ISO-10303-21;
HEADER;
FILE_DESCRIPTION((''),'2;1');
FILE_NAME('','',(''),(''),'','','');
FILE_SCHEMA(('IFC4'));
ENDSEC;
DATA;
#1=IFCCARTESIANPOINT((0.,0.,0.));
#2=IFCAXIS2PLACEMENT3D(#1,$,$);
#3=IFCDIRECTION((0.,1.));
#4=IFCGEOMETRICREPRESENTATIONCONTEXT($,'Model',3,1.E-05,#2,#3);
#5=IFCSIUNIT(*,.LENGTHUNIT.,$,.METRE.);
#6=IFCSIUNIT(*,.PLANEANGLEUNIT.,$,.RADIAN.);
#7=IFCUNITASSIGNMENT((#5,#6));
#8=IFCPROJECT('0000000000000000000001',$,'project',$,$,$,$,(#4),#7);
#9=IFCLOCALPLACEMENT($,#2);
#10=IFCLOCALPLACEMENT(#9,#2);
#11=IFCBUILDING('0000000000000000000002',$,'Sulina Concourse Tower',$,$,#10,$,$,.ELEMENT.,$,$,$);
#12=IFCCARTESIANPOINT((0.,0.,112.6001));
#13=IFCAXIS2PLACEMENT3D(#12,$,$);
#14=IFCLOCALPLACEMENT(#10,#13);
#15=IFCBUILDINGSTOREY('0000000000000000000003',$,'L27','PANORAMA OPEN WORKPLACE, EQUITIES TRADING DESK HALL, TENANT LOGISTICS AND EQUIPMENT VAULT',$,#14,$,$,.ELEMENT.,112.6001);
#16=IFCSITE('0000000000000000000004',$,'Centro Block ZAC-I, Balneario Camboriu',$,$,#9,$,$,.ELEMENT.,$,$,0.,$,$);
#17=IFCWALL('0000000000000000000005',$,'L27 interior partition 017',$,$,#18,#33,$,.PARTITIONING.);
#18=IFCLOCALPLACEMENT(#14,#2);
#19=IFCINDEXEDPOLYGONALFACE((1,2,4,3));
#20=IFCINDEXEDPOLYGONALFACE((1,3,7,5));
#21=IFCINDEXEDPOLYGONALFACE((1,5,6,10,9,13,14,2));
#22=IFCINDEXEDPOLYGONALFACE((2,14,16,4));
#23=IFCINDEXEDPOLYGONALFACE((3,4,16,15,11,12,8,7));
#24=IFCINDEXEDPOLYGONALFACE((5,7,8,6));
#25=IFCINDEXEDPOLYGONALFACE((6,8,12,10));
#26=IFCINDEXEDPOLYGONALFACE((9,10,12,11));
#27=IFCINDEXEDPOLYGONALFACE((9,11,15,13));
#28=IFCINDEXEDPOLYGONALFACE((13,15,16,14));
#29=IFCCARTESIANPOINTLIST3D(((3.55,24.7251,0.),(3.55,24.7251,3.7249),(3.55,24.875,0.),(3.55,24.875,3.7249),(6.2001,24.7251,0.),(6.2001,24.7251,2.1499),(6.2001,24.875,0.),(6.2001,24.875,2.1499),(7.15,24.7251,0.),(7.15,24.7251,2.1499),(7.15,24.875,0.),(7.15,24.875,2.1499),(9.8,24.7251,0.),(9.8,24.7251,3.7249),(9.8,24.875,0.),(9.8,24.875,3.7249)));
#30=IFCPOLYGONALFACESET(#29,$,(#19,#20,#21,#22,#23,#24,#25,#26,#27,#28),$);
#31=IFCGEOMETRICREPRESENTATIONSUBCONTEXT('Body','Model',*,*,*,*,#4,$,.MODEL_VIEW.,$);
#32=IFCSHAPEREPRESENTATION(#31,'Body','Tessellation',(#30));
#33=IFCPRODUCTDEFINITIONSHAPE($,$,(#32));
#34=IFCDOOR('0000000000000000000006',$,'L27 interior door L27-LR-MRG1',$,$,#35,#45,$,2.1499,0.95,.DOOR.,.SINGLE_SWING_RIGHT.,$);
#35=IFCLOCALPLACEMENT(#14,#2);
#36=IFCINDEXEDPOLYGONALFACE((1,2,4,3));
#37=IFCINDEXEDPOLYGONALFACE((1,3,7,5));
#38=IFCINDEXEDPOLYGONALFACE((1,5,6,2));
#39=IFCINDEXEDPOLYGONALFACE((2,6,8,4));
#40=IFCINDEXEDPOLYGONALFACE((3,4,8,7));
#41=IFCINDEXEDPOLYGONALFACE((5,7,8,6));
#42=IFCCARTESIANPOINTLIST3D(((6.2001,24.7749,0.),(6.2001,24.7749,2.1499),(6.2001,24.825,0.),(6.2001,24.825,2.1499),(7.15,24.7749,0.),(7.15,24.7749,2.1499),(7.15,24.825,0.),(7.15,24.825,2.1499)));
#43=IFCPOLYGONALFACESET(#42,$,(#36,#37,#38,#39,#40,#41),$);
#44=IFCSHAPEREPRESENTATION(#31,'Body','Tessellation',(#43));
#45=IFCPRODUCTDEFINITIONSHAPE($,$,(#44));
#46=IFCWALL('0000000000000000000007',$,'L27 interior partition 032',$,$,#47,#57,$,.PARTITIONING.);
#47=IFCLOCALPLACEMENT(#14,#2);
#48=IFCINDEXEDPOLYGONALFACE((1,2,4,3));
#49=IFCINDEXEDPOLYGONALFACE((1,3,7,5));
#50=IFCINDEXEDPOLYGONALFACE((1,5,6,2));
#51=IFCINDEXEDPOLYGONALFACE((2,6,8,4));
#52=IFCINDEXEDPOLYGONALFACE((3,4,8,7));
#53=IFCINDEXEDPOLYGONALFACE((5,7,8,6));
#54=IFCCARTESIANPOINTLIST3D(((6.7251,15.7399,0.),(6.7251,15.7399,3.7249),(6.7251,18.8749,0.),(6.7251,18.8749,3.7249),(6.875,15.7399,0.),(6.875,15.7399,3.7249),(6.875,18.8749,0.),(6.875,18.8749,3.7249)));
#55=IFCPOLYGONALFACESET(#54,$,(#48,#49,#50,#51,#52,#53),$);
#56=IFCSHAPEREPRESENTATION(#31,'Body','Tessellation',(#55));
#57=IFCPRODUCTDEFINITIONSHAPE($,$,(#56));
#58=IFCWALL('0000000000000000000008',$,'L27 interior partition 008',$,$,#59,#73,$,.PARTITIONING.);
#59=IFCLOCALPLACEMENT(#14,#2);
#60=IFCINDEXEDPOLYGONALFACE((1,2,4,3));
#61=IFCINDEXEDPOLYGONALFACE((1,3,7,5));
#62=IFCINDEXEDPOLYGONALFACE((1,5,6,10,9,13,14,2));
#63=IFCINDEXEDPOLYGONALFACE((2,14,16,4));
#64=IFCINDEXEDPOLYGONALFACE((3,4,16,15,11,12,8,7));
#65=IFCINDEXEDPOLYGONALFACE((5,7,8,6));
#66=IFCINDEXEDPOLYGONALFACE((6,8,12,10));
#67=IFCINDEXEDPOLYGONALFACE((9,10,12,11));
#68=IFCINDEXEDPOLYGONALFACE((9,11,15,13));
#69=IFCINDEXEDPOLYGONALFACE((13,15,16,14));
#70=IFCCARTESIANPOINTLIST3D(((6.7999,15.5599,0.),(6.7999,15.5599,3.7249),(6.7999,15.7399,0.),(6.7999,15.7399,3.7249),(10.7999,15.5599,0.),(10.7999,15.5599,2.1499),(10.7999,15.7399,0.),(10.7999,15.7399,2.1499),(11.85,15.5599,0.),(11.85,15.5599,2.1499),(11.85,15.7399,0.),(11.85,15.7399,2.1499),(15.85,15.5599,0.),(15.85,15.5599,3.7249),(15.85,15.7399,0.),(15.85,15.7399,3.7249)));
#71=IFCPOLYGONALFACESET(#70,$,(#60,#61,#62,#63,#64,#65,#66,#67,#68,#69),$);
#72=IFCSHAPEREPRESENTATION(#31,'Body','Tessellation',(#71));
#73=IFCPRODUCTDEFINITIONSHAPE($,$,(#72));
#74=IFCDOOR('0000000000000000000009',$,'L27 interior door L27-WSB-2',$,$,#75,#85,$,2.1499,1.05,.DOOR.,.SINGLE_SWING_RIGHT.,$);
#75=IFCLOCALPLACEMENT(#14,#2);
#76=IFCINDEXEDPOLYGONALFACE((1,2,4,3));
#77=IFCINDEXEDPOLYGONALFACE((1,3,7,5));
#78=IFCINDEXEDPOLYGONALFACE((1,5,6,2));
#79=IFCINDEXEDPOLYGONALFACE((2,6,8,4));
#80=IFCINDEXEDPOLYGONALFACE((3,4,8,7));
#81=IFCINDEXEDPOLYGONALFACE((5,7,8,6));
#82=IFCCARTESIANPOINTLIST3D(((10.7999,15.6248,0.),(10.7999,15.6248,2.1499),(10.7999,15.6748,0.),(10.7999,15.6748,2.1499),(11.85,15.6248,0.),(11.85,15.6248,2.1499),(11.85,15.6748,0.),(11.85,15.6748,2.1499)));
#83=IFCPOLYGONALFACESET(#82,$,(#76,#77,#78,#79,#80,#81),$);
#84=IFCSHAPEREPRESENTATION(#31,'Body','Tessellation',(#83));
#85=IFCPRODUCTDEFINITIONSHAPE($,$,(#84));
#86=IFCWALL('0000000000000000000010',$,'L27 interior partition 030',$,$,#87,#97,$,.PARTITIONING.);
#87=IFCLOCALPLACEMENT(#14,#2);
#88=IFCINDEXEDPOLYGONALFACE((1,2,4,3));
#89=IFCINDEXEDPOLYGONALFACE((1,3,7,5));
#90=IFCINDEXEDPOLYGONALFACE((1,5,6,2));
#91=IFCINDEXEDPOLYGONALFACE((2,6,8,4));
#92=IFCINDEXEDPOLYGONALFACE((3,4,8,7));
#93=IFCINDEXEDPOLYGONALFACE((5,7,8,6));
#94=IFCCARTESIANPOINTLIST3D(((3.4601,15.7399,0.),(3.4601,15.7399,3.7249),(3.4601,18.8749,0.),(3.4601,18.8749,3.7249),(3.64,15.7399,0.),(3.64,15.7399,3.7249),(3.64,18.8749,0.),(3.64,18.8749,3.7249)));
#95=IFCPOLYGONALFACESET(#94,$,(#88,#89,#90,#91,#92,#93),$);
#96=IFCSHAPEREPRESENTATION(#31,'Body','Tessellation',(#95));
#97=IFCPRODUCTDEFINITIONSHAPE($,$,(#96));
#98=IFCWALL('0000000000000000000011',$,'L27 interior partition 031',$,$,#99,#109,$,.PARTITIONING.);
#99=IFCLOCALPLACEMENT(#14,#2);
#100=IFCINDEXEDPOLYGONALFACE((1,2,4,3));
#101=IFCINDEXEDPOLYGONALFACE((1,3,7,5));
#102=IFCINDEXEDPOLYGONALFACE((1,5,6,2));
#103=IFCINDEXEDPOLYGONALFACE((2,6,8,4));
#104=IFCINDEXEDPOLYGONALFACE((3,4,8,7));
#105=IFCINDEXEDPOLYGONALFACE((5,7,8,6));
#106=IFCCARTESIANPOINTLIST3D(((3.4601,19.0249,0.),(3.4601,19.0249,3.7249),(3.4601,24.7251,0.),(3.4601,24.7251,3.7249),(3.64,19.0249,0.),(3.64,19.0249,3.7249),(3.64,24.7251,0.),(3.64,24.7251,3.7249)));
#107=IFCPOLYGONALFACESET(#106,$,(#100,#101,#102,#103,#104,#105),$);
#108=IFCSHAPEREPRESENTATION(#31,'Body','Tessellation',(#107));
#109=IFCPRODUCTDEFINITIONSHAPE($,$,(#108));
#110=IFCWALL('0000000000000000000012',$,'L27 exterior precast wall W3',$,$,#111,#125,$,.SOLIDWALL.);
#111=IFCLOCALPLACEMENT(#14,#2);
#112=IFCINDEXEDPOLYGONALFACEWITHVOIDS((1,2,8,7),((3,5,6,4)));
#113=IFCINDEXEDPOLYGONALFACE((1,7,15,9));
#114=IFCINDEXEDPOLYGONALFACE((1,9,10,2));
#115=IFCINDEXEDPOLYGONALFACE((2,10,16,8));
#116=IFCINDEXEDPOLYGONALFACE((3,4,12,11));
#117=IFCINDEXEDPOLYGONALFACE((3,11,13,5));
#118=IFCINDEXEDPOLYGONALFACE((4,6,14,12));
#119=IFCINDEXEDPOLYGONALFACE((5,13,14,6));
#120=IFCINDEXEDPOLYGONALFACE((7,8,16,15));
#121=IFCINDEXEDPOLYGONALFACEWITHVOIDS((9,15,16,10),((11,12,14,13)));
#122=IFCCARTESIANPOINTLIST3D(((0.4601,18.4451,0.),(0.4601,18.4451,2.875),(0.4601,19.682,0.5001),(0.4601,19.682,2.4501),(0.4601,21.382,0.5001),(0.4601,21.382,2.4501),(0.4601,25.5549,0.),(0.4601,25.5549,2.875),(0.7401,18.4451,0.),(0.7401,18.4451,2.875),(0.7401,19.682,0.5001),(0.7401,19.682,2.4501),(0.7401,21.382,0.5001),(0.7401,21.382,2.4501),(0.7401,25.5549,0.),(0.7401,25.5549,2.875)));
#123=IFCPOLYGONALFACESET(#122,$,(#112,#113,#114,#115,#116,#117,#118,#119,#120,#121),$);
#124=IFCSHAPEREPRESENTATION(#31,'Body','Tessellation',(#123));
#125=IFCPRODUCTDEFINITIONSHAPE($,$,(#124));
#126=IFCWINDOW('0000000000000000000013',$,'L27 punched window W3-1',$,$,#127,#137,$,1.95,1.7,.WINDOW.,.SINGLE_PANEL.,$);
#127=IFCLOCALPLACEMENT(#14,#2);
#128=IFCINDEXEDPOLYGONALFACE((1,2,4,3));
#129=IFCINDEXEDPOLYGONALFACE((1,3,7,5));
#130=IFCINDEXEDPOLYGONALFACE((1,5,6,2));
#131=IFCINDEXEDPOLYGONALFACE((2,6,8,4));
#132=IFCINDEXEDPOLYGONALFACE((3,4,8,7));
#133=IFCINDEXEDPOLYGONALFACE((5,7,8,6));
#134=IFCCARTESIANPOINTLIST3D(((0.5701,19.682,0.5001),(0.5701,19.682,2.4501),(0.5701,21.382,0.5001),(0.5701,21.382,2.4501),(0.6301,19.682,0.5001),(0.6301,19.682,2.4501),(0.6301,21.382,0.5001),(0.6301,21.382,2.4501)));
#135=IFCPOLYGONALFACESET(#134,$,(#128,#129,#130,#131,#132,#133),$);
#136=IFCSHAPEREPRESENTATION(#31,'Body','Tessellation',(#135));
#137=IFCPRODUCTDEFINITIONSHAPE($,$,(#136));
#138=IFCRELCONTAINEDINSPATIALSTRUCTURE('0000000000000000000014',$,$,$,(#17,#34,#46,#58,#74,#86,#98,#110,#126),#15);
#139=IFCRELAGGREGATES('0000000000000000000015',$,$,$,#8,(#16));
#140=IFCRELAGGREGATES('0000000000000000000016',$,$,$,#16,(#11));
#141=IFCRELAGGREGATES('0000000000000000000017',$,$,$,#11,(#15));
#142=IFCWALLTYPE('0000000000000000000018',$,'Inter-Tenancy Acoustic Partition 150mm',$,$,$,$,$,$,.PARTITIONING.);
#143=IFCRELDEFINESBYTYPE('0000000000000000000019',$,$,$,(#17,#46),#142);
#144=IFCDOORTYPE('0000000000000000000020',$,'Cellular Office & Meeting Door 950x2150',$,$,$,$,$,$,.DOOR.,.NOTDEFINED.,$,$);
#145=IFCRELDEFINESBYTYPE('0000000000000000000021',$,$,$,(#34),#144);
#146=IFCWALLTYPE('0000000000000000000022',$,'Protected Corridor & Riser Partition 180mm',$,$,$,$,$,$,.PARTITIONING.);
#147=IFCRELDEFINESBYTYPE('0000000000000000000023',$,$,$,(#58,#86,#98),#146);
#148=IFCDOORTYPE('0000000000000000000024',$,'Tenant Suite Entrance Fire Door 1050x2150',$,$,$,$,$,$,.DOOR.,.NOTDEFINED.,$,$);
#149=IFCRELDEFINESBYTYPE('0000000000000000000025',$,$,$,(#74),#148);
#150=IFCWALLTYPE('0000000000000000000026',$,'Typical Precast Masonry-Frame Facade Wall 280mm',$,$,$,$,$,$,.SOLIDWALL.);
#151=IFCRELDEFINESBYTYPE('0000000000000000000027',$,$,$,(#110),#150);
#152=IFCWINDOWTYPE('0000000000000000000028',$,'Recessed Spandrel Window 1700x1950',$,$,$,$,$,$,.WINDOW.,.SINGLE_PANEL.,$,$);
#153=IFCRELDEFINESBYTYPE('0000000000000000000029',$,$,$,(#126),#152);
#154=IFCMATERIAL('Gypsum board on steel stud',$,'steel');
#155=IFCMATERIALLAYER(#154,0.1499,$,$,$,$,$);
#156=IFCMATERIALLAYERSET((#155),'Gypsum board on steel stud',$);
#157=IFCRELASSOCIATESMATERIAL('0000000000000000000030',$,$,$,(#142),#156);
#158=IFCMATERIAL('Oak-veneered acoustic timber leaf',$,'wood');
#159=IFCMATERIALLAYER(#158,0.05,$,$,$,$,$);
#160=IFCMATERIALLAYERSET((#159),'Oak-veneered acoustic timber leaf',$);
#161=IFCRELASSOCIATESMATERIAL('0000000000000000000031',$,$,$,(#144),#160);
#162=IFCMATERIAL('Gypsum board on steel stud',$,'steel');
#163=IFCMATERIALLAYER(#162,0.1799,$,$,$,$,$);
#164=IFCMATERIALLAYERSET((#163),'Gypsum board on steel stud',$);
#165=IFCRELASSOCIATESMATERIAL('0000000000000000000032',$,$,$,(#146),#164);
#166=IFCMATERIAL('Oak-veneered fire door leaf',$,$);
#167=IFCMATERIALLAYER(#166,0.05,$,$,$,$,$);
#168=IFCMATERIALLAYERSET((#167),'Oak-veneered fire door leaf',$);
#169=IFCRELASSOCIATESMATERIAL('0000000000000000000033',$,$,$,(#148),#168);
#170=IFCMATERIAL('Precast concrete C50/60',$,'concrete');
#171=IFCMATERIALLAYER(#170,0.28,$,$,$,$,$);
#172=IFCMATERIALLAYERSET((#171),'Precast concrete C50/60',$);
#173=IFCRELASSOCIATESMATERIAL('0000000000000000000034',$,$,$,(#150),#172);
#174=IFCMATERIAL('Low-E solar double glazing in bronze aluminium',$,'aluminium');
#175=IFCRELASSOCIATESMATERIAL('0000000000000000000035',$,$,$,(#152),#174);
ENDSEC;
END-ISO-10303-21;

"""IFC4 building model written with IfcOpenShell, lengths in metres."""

from ifc_helpers import new_model, si_unit, direction, frame, frame_2d, origin, place, context, subcontext, project, spatial, rectangle, extrude, material, layer, layer_set, type_object, element, fill, save


model = new_model("IFC4")

# Units and contexts
model_context = context("Model", 3, precision=1e-05, world=origin(), true_north=direction((0.0, 1.0)))
body_context = subcontext(model_context, "Body", "Model", "MODEL_VIEW")
ifc_project = project(units=[si_unit("LENGTHUNIT", "METRE"), si_unit("PLANEANGLEUNIT", "RADIAN")], contexts=[model_context])

# Site, building, storey
site_placement = place(None, origin())
site = spatial("IfcSite", under=ifc_project, at=site_placement, Name="Centro Block ZAC-I, Balneario Camboriu", CompositionType="ELEMENT", RefElevation=0.0)
building_placement = place(site_placement, origin())
building = spatial("IfcBuilding", under=site, at=building_placement, Name="Sulina Concourse Tower", CompositionType="ELEMENT")
storey_placement = place(building_placement, frame((0.0, 0.0, 112.6001)))
storey = spatial("IfcBuildingStorey", under=building, at=storey_placement, Name="L27", Description="PANORAMA OPEN WORKPLACE, EQUITIES TRADING DESK HALL, TENANT LOGISTICS AND EQUIPMENT VAULT", CompositionType="ELEMENT", Elevation=112.6001)

# Shared definitions
ifc_material_1 = material(Name="Gypsum board on steel stud", Category="steel")
ifc_layer_1 = layer(ifc_material_1, 0.1499)
ifc_layer_set_1 = layer_set([ifc_layer_1], Name="Gypsum board on steel stud")
wall_type_1 = type_object("IfcWallType", Name="Inter-Tenancy Acoustic Partition 150mm", PredefinedType="PARTITIONING", material=ifc_layer_set_1)

# Wall, opening, door
wall_1_placement = place(storey_placement, frame((3.55, 24.8, 0.0), z_axis=(0.0, 0.0, 1.0), x_axis=(1.0, 0.0, 0.0)))
wall_1 = element("IfcWall", 1, at=wall_1_placement, inside=storey, type_object=wall_type_1, Name="L27 interior partition 017", PredefinedType="PARTITIONING", context=body_context, shape_type="SweptSolid", body=[
    extrude(rectangle(XDim=6.25, YDim=0.1499, at=frame_2d((3.125, 0.0))), origin(), (0.0, 0.0, 1.0), 3.7249),
])
opening_1_placement = place(wall_1_placement, frame((2.6499, 0.0, 0.0)))
opening_1 = element("IfcOpeningElement", 2, at=opening_1_placement, cuts=wall_1, PredefinedType="OPENING", context=body_context, shape_type="SweptSolid", body=[
    extrude(rectangle(XDim=0.95, YDim=2.1499, at=frame_2d((0.4751, 1.075))), frame((0.0, 0.085, 0.0), z_axis=(0.0, -1.0, 0.0), x_axis=(1.0, 0.0, 0.0)), (0.0, 0.0, 1.0), 0.1699),
])
ifc_material_2 = material(Name="Oak-veneered acoustic timber leaf", Category="wood")
ifc_layer_2 = layer(ifc_material_2, 0.05)
ifc_layer_set_2 = layer_set([ifc_layer_2], Name="Oak-veneered acoustic timber leaf")
door_type_1 = type_object("IfcDoorType", Name="Cellular Office & Meeting Door 950x2150", OperationType="NOTDEFINED", PredefinedType="DOOR", material=ifc_layer_set_2)
door_1_placement = place(opening_1_placement, origin())
door_1 = element("IfcDoor", 3, at=door_1_placement, inside=storey, type_object=door_type_1, Name="L27 interior door L27-LR-MRG1", OperationType="SINGLE_SWING_RIGHT", OverallHeight=2.1499, OverallWidth=0.95, PredefinedType="DOOR", context=body_context, shape_type="SweptSolid", body=[
    extrude(rectangle(XDim=0.95, YDim=2.1499, at=frame_2d((0.4751, 1.075))), frame((0.0, 0.0249, 0.0), z_axis=(0.0, -1.0, 0.0), x_axis=(1.0, 0.0, 0.0)), (0.0, 0.0, 1.0), 0.05),
])
fill(opening_1, door_1)

# Wall
wall_2_placement = place(storey_placement, frame((6.8, 15.74, 0.0), z_axis=(0.0, 0.0, 1.0), x_axis=(0.0, 1.0, 0.0)))
element("IfcWall", 4, at=wall_2_placement, inside=storey, type_object=wall_type_1, Name="L27 interior partition 032", PredefinedType="PARTITIONING", context=body_context, shape_type="SweptSolid", body=[
    extrude(rectangle(XDim=3.135, YDim=0.1499, at=frame_2d((1.5674, 0.0))), origin(), (0.0, 0.0, 1.0), 3.7249),
])

# Wall, opening, door
ifc_material_3 = material(Name="Gypsum board on steel stud", Category="steel")
ifc_layer_3 = layer(ifc_material_3, 0.1799)
ifc_layer_set_3 = layer_set([ifc_layer_3], Name="Gypsum board on steel stud")
wall_type_2 = type_object("IfcWallType", Name="Protected Corridor & Riser Partition 180mm", PredefinedType="PARTITIONING", material=ifc_layer_set_3)
wall_3_placement = place(storey_placement, frame((6.8, 15.6499, 0.0), z_axis=(0.0, 0.0, 1.0), x_axis=(1.0, 0.0, 0.0)))
wall_3 = element("IfcWall", 5, at=wall_3_placement, inside=storey, type_object=wall_type_2, Name="L27 interior partition 008", PredefinedType="PARTITIONING", context=body_context, shape_type="SweptSolid", body=[
    extrude(rectangle(XDim=9.05, YDim=0.1799, at=frame_2d((4.5249, 0.0))), origin(), (0.0, 0.0, 1.0), 3.7249),
])
opening_2_placement = place(wall_3_placement, frame((4.0, 0.0, 0.0)))
opening_2 = element("IfcOpeningElement", 6, at=opening_2_placement, cuts=wall_3, PredefinedType="OPENING", context=body_context, shape_type="SweptSolid", body=[
    extrude(rectangle(XDim=1.05, YDim=2.1499, at=frame_2d((0.5249, 1.075))), frame((0.0, 0.0999, 0.0), z_axis=(0.0, -1.0, 0.0), x_axis=(1.0, 0.0, 0.0)), (0.0, 0.0, 1.0), 0.2),
])
ifc_material_4 = material(Name="Oak-veneered fire door leaf")
ifc_layer_4 = layer(ifc_material_4, 0.05)
ifc_layer_set_4 = layer_set([ifc_layer_4], Name="Oak-veneered fire door leaf")
door_type_2 = type_object("IfcDoorType", Name="Tenant Suite Entrance Fire Door 1050x2150", OperationType="NOTDEFINED", PredefinedType="DOOR", material=ifc_layer_set_4)
door_2_placement = place(opening_2_placement, origin())
door_2 = element("IfcDoor", 7, at=door_2_placement, inside=storey, type_object=door_type_2, Name="L27 interior door L27-WSB-2", OperationType="SINGLE_SWING_RIGHT", OverallHeight=2.1499, OverallWidth=1.05, PredefinedType="DOOR", context=body_context, shape_type="SweptSolid", body=[
    extrude(rectangle(XDim=1.05, YDim=2.1499, at=frame_2d((0.5249, 1.075))), frame((0.0, 0.0249, 0.0), z_axis=(0.0, -1.0, 0.0), x_axis=(1.0, 0.0, 0.0)), (0.0, 0.0, 1.0), 0.05),
])
fill(opening_2, door_2)

# Walls
wall_4_placement = place(storey_placement, frame((3.55, 15.74, 0.0), z_axis=(0.0, 0.0, 1.0), x_axis=(0.0, 1.0, 0.0)))
element("IfcWall", 8, at=wall_4_placement, inside=storey, type_object=wall_type_2, Name="L27 interior partition 030", PredefinedType="PARTITIONING", context=body_context, shape_type="SweptSolid", body=[
    extrude(rectangle(XDim=3.135, YDim=0.1799, at=frame_2d((1.5674, 0.0))), origin(), (0.0, 0.0, 1.0), 3.7249),
])
wall_5_placement = place(storey_placement, frame((3.55, 19.0249, 0.0), z_axis=(0.0, 0.0, 1.0), x_axis=(0.0, 1.0, 0.0)))
element("IfcWall", 9, at=wall_5_placement, inside=storey, type_object=wall_type_2, Name="L27 interior partition 031", PredefinedType="PARTITIONING", context=body_context, shape_type="SweptSolid", body=[
    extrude(rectangle(XDim=5.7002, YDim=0.1799, at=frame_2d((2.8501, 0.0))), origin(), (0.0, 0.0, 1.0), 3.7249),
])

# Wall, opening, window
ifc_material_5 = material(Name="Precast concrete C50/60", Category="concrete")
ifc_layer_5 = layer(ifc_material_5, 0.28)
ifc_layer_set_5 = layer_set([ifc_layer_5], Name="Precast concrete C50/60")
wall_type_3 = type_object("IfcWallType", Name="Typical Precast Masonry-Frame Facade Wall 280mm", PredefinedType="SOLIDWALL", material=ifc_layer_set_5)
wall_6_placement = place(storey_placement, frame((0.6001, 18.4451, 0.0), z_axis=(0.0, 0.0, 1.0), x_axis=(0.0, 1.0, 0.0)))
wall_6 = element("IfcWall", 10, at=wall_6_placement, inside=storey, type_object=wall_type_3, Name="L27 exterior precast wall W3", PredefinedType="SOLIDWALL", context=body_context, shape_type="SweptSolid", body=[
    extrude(rectangle(XDim=7.1099, YDim=0.28, at=frame_2d((3.5549, 0.0))), origin(), (0.0, 0.0, 1.0), 2.875),
])
opening_3_placement = place(wall_6_placement, frame((1.2368, 0.0, 0.5)))
opening_3 = element("IfcOpeningElement", 11, at=opening_3_placement, cuts=wall_6, PredefinedType="OPENING", context=body_context, shape_type="SweptSolid", body=[
    extrude(rectangle(XDim=1.7, YDim=1.95, at=frame_2d((0.8501, 0.9751))), frame((0.0, 0.1499, 0.0), z_axis=(0.0, -1.0, 0.0), x_axis=(1.0, 0.0, 0.0)), (0.0, 0.0, 1.0), 0.3),
])
ifc_material_6 = material(Name="Low-E solar double glazing in bronze aluminium", Category="aluminium")
window_type = type_object("IfcWindowType", Name="Recessed Spandrel Window 1700x1950", PartitioningType="SINGLE_PANEL", PredefinedType="WINDOW", material=ifc_material_6)
window_placement = place(opening_3_placement, origin())
window = element("IfcWindow", 12, at=window_placement, inside=storey, type_object=window_type, Name="L27 punched window W3-1", OverallHeight=1.95, OverallWidth=1.7, PartitioningType="SINGLE_PANEL", PredefinedType="WINDOW", context=body_context, shape_type="SweptSolid", body=[
    extrude(rectangle(XDim=1.7, YDim=1.95, at=frame_2d((0.8501, 0.9751))), frame((0.0, 0.03, 0.0), z_axis=(0.0, -1.0, 0.0), x_axis=(1.0, 0.0, 0.0)), (0.0, 0.0, 1.0), 0.0601),
])
fill(opening_3, window)

save(model, "model.ifc")
